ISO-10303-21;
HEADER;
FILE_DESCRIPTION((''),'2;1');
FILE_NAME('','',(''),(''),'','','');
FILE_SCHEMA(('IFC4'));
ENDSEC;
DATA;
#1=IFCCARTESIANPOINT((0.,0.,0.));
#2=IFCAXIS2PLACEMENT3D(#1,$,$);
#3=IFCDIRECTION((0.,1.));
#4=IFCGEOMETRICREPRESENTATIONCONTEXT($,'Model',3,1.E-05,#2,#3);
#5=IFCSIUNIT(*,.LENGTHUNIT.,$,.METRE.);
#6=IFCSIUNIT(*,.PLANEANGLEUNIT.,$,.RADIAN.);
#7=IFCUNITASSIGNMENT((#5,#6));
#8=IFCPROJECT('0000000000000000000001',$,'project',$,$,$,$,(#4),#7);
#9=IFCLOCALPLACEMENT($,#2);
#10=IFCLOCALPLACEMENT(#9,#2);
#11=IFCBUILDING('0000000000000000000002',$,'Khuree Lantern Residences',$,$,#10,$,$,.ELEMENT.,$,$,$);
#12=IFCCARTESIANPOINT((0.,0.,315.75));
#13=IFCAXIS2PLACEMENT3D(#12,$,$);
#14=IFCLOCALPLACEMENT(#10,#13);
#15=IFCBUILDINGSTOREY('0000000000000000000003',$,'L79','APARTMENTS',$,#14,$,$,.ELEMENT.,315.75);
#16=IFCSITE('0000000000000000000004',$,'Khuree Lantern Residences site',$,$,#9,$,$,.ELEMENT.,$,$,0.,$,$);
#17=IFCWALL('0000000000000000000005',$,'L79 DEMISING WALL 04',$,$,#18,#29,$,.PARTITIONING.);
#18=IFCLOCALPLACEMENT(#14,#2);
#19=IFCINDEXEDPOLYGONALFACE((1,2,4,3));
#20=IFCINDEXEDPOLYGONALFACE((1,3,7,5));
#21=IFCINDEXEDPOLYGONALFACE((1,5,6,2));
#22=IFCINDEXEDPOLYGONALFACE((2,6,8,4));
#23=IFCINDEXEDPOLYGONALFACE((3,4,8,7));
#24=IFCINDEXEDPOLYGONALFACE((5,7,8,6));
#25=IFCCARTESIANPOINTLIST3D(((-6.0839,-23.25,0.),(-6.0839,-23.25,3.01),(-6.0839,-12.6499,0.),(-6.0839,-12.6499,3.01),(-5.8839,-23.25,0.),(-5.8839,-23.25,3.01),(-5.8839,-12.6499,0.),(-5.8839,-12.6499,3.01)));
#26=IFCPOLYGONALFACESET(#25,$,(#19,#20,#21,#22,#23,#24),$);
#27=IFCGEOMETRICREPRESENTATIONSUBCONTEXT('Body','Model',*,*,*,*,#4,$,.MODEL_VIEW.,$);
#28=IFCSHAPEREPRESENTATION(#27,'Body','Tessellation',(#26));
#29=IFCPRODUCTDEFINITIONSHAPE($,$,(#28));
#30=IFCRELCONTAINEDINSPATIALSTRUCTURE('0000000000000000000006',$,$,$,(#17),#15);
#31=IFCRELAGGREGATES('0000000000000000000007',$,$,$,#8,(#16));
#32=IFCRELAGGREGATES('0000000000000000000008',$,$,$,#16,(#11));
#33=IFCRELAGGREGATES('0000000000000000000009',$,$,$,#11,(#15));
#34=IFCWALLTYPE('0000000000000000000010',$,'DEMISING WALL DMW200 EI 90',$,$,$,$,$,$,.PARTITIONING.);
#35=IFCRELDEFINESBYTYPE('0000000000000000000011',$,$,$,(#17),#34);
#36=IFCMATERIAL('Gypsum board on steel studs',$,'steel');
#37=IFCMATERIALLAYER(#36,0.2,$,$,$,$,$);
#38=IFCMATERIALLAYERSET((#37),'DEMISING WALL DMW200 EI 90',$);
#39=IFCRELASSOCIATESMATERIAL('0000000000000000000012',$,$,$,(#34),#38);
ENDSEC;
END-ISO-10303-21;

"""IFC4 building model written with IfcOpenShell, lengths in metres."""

from ifc_helpers import new_model, si_unit, direction, frame, frame_2d, origin, place, context, subcontext, project, spatial, rectangle, extrude, material, layer, layer_set, type_object, element, save


model = new_model("IFC4")

# Units and contexts
model_context = context("Model", 3, precision=1e-05, world=origin(), true_north=direction((0.0, 1.0)))
body_context = subcontext(model_context, "Body", "Model", "MODEL_VIEW")
ifc_project = project(units=[si_unit("LENGTHUNIT", "METRE"), si_unit("PLANEANGLEUNIT", "RADIAN")], contexts=[model_context])

# Site, building, storey
site_placement = place(None, origin())
site = spatial("IfcSite", under=ifc_project, at=site_placement, Name="Khuree Lantern Residences site", CompositionType="ELEMENT", RefElevation=0.0)
building_placement = place(site_placement, origin())
building = spatial("IfcBuilding", under=site, at=building_placement, Name="Khuree Lantern Residences", CompositionType="ELEMENT")
storey_placement = place(building_placement, frame((0.0, 0.0, 315.75)))
storey = spatial("IfcBuildingStorey", under=building, at=storey_placement, Name="L79", Description="APARTMENTS", CompositionType="ELEMENT", Elevation=315.75)

# Wall
ifc_material_1 = material(Name="Gypsum board on steel studs", Category="steel")
ifc_layer_1 = layer(ifc_material_1, 0.2)
ifc_layer_set_1 = layer_set([ifc_layer_1], Name="DEMISING WALL DMW200 EI 90")
wall_type_1 = type_object("IfcWallType", Name="DEMISING WALL DMW200 EI 90", PredefinedType="PARTITIONING", material=ifc_layer_set_1)
wall_1_placement = place(storey_placement, frame((-5.9839, -12.6499, 0.0), z_axis=(0.0, 0.0, 1.0), x_axis=(0.0, -1.0, 0.0)))
element("IfcWall", 1, at=wall_1_placement, inside=storey, type_object=wall_type_1, Name="L79 DEMISING WALL 04", PredefinedType="PARTITIONING", context=body_context, shape_type="SweptSolid", body=[
    extrude(rectangle(XDim=10.6001, YDim=0.2, at=frame_2d((5.3, 0.0))), origin(), (0.0, 0.0, 1.0), 3.01),
])

save(model, "model.ifc")
